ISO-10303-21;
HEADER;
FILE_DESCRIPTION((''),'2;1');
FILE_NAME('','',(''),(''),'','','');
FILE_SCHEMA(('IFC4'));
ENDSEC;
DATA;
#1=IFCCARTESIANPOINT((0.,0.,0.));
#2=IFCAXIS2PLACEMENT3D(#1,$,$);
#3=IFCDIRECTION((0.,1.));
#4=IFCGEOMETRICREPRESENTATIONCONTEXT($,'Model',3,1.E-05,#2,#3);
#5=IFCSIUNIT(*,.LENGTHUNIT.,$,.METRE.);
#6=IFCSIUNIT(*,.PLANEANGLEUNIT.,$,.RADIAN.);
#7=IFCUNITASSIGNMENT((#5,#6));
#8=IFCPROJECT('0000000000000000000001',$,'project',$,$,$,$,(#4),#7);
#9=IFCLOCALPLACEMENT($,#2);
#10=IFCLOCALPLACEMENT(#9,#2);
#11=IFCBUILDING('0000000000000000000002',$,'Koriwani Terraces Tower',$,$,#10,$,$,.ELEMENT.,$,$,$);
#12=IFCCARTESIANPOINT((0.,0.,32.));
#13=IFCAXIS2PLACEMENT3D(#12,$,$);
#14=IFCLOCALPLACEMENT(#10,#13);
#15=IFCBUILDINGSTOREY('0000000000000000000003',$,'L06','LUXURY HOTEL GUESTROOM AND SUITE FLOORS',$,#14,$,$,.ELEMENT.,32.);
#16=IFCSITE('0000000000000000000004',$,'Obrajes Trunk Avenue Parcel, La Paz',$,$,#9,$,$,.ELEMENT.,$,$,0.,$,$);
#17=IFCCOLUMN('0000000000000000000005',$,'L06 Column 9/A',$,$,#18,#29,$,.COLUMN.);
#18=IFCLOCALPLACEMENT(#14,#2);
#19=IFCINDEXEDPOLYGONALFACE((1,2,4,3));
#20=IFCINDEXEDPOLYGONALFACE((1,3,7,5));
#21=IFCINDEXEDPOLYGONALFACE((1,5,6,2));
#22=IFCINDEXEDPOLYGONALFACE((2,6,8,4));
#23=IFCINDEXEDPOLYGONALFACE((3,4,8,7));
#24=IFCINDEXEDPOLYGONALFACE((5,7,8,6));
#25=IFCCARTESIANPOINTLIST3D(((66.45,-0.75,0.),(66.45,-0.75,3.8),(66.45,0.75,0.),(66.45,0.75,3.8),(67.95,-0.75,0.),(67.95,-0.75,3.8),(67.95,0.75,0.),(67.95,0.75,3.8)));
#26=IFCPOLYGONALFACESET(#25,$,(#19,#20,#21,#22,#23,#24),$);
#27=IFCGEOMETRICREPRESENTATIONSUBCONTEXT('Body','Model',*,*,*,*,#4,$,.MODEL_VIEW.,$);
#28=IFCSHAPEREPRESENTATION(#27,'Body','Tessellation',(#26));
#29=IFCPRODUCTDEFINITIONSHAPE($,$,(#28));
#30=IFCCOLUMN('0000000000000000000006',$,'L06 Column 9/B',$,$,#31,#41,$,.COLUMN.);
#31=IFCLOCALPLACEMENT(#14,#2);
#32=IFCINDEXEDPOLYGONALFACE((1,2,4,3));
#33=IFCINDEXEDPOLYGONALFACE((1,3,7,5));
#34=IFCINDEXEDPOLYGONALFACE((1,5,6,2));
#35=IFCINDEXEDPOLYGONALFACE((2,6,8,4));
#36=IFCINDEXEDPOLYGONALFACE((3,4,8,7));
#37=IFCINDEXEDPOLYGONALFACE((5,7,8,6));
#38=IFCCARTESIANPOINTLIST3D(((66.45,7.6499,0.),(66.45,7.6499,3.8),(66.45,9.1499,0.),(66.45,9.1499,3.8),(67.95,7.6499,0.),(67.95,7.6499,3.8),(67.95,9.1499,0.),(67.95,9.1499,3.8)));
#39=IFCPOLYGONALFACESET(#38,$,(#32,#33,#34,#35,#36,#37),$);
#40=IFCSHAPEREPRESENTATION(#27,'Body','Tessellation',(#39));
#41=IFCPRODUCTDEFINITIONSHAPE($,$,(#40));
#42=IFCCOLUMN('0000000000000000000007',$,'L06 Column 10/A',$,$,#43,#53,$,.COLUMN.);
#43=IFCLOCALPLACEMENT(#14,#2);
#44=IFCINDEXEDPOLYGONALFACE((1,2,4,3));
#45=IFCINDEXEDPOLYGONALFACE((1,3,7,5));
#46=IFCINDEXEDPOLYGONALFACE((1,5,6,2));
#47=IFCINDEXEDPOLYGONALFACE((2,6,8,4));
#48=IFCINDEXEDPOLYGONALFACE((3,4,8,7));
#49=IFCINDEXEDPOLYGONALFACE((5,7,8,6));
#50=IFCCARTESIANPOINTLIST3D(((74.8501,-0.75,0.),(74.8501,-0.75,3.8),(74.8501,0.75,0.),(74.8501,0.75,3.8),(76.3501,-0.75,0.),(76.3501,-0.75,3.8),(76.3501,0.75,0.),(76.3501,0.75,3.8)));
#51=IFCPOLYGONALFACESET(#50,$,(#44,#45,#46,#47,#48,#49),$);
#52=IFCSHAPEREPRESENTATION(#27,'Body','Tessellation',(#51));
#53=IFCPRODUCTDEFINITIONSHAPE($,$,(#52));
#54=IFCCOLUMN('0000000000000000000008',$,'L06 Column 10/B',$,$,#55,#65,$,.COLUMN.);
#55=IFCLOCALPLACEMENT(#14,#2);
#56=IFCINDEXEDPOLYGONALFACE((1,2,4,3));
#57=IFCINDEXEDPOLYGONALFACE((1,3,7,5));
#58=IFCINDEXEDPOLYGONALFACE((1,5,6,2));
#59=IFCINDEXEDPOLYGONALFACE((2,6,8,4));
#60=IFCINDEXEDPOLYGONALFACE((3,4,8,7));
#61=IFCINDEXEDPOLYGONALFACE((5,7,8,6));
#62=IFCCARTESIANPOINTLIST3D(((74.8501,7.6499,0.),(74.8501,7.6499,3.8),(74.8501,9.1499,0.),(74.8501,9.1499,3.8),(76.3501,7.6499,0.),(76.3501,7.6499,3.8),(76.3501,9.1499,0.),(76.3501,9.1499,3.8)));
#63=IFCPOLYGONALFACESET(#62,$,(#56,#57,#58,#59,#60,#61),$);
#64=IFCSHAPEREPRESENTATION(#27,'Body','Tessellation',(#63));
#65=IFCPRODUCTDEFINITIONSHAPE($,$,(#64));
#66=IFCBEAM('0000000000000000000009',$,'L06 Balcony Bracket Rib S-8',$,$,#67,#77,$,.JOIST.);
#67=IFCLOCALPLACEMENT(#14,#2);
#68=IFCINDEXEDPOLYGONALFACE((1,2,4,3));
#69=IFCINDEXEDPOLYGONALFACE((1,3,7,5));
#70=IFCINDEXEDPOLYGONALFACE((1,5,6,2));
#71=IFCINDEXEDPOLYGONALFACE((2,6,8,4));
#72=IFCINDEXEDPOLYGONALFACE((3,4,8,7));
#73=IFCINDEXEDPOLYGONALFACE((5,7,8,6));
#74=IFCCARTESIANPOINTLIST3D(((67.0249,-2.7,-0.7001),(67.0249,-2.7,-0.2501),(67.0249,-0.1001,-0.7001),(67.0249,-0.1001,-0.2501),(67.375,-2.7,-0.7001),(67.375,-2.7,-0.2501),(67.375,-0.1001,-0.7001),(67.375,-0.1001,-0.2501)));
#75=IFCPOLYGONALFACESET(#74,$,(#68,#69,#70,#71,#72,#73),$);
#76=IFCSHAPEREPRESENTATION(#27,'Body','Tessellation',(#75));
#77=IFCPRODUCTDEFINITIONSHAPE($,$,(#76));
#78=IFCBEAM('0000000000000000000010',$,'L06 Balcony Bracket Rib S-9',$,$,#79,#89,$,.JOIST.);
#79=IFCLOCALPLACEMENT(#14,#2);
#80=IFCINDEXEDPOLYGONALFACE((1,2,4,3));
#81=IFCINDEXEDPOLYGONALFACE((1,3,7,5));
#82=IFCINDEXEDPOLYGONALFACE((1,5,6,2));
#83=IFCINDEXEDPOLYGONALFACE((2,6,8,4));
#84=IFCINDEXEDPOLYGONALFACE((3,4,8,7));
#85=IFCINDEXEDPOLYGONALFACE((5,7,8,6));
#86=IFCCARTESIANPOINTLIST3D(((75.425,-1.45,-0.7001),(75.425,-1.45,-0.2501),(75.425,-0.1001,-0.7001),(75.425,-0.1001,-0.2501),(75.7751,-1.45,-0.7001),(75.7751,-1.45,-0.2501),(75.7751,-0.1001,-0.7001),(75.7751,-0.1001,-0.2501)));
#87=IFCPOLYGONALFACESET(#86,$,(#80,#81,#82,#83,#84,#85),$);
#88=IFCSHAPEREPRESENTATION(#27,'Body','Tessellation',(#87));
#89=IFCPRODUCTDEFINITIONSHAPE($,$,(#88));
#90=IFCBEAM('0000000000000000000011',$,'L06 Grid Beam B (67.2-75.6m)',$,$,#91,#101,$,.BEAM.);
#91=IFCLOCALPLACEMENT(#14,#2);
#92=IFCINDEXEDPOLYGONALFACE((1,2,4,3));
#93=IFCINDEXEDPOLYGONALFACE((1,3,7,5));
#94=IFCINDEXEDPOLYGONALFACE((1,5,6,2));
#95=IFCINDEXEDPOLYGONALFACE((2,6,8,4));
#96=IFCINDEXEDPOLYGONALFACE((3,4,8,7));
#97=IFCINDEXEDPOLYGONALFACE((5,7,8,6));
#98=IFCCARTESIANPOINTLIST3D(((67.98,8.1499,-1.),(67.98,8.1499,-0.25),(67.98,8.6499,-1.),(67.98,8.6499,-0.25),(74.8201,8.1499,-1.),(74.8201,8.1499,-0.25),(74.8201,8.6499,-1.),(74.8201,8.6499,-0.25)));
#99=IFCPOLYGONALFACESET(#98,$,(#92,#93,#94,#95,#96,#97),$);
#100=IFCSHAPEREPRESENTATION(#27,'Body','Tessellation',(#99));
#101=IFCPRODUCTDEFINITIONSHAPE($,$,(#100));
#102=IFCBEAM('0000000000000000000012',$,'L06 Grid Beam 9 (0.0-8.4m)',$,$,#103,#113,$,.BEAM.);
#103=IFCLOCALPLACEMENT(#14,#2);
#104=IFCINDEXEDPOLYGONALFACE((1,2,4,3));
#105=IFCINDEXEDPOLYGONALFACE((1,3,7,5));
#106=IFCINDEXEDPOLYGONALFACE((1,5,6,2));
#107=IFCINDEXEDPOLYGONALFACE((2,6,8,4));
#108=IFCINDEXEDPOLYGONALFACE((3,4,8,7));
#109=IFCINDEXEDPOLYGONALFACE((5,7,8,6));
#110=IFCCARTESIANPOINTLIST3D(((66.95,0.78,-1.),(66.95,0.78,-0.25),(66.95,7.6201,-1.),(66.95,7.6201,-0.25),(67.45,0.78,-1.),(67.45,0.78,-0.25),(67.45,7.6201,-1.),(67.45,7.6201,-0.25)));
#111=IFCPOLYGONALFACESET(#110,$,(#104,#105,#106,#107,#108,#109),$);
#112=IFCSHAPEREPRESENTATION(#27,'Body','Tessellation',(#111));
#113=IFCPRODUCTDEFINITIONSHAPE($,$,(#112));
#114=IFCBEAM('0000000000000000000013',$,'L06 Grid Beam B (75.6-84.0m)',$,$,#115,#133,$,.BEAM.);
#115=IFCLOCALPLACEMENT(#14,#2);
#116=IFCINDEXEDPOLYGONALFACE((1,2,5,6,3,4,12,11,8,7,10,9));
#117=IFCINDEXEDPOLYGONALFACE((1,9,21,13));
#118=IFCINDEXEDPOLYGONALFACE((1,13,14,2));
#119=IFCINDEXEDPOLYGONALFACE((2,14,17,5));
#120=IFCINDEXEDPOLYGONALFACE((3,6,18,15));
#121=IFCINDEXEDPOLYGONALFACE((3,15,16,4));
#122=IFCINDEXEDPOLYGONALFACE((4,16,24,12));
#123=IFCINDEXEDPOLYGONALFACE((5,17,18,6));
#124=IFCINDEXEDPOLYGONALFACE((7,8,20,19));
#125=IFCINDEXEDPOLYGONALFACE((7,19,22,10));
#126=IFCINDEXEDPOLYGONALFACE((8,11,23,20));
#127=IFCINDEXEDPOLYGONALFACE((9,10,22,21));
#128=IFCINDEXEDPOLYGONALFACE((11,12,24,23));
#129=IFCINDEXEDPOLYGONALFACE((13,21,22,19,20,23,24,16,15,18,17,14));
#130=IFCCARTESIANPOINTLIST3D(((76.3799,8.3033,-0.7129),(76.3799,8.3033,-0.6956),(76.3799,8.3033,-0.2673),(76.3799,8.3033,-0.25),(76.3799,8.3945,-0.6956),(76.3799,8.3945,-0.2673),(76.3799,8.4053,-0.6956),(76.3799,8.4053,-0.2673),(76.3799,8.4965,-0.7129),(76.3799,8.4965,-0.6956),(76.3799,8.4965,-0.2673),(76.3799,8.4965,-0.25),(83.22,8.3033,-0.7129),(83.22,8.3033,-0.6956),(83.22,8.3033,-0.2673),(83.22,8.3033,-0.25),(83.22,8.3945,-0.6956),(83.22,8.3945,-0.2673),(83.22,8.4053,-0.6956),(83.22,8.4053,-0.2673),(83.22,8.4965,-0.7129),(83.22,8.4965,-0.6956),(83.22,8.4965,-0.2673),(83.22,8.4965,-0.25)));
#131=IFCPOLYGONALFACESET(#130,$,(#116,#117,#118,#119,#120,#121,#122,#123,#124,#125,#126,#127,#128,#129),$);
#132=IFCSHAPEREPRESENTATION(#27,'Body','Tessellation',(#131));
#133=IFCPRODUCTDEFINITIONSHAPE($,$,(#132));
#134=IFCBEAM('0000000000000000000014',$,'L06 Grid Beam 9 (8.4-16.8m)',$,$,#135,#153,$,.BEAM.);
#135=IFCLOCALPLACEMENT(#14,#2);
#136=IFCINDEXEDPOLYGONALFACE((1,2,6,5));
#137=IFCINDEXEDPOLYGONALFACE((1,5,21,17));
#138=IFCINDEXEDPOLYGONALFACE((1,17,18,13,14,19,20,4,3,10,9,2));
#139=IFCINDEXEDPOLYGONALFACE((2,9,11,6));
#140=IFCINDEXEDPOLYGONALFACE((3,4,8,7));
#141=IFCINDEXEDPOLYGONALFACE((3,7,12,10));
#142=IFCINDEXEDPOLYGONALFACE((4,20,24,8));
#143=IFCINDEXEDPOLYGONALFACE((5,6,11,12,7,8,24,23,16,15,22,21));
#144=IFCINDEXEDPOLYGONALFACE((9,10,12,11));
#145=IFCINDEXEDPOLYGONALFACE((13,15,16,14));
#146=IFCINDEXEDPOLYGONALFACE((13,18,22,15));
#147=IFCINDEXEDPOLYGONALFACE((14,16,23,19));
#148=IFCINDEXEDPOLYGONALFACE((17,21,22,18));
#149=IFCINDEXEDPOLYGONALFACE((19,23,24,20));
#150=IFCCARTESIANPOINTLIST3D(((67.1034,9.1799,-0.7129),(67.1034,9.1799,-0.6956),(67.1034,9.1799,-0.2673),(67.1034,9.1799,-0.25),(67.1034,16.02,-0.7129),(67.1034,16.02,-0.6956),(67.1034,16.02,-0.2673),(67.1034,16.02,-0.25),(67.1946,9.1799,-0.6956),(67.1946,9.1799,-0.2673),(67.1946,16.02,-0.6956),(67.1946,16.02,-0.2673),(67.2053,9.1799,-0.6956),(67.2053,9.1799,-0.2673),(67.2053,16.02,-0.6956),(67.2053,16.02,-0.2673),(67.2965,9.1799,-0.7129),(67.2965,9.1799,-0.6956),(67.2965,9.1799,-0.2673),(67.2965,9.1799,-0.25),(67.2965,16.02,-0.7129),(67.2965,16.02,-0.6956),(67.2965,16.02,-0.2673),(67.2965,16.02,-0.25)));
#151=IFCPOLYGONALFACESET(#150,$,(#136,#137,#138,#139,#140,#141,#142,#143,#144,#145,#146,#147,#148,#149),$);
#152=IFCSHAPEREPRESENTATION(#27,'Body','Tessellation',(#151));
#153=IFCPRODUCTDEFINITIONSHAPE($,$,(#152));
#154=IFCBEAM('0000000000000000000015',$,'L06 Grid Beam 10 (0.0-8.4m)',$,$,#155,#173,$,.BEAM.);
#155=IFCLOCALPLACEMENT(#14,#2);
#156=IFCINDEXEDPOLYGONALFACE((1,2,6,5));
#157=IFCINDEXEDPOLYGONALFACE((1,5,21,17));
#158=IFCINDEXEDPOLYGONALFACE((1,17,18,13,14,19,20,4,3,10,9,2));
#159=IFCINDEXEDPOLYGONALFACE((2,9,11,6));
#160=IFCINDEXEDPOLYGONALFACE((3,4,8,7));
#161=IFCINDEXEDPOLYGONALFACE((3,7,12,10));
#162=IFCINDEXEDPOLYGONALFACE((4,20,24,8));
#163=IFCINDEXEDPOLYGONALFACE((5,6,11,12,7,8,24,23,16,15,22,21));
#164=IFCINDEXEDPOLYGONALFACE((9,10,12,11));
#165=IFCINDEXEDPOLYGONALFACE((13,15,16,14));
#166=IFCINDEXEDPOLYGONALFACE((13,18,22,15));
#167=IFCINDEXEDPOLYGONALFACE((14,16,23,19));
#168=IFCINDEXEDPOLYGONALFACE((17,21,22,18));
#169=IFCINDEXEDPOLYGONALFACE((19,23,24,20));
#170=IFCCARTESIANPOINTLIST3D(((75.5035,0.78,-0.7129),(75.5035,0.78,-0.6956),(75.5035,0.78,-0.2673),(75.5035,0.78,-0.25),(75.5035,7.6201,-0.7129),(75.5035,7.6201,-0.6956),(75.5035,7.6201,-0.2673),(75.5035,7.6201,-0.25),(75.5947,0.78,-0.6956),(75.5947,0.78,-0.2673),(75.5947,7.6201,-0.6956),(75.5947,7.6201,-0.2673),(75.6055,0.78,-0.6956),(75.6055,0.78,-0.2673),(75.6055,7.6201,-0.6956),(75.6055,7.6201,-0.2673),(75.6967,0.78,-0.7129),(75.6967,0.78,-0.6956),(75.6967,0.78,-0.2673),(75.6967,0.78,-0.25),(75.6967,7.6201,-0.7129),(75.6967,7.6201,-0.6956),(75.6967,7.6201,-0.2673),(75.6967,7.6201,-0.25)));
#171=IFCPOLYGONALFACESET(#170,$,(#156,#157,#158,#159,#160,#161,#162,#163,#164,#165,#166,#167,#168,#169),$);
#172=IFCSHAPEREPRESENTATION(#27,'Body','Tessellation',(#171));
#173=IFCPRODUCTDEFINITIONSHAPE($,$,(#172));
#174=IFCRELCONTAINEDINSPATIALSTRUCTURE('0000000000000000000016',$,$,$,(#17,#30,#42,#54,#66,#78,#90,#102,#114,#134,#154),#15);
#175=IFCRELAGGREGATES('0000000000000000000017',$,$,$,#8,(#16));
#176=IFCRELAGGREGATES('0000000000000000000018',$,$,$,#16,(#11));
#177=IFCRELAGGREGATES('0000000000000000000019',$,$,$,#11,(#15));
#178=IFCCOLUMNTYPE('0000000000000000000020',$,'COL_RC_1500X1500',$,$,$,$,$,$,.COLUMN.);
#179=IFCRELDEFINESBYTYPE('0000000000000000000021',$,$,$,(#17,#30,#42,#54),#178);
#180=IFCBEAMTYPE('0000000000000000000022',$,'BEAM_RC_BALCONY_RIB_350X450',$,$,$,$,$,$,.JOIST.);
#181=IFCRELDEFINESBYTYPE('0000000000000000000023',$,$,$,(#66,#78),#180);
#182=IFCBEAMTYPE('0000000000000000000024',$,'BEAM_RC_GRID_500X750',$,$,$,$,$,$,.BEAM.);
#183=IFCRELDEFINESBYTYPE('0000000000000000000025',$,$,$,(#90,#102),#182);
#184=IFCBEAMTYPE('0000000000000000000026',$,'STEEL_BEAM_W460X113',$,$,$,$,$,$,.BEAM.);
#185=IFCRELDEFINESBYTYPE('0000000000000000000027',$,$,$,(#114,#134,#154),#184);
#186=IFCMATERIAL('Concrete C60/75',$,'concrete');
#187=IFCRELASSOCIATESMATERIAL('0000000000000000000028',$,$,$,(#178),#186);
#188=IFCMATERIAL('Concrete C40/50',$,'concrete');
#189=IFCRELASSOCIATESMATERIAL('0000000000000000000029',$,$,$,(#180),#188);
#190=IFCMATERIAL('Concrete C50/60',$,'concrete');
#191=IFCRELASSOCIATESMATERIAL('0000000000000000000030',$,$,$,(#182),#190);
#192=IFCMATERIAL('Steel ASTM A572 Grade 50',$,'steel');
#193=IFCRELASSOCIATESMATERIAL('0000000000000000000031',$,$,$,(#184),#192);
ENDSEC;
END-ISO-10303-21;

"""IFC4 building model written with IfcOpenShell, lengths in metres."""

from ifc_helpers import new_model, si_unit, direction, frame, origin, origin_2d, place, context, subcontext, project, spatial, rectangle, i_section, extrude, material, material_profile, profile_set, type_object, element, save


model = new_model("IFC4")

# Units and contexts
model_context = context("Model", 3, precision=1e-05, world=origin(), true_north=direction((0.0, 1.0)))
body_context = subcontext(model_context, "Body", "Model", "MODEL_VIEW")
ifc_project = project(units=[si_unit("LENGTHUNIT", "METRE"), si_unit("PLANEANGLEUNIT", "RADIAN")], contexts=[model_context])

# Site, building, storey
site_placement = place(None, origin())
site = spatial("IfcSite", under=ifc_project, at=site_placement, Name="Obrajes Trunk Avenue Parcel, La Paz", CompositionType="ELEMENT", RefElevation=0.0)
building_placement = place(site_placement, origin())
building = spatial("IfcBuilding", under=site, at=building_placement, Name="Koriwani Terraces Tower", CompositionType="ELEMENT")
storey_placement = place(building_placement, frame((0.0, 0.0, 32.0)))
storey = spatial("IfcBuildingStorey", under=building, at=storey_placement, Name="L06", Description="LUXURY HOTEL GUESTROOM AND SUITE FLOORS", CompositionType="ELEMENT", Elevation=32.0)

# Columns
ifc_material_1 = material(Name="Concrete C60/75", Category="concrete")
ifc_material_profile_1 = material_profile(ifc_material_1, rectangle(XDim=1.5, YDim=1.5, at=origin_2d()), Name="Concrete C60/75", Category="LoadBearing")
ifc_profile_set_1 = profile_set([ifc_material_profile_1], Name="Concrete C60/75")
column_type = type_object("IfcColumnType", Name="COL_RC_1500X1500", PredefinedType="COLUMN", material=ifc_profile_set_1)
for number, where, z_axis, x_axis, name in (
    (1, (67.2, 0.0, 0.0), (0.0, 0.0, 1.0), (1.0, 0.0, 0.0), "L06 Column 9/A"),
    (2, (67.2, 8.3999, 0.0), (0.0, 0.0, 1.0), (1.0, 0.0, 0.0), "L06 Column 9/B"),
    (3, (75.6001, 0.0, 0.0), (0.0, 0.0, 1.0), (1.0, 0.0, 0.0), "L06 Column 10/A"),
    (4, (75.6001, 8.3999, 0.0), (0.0, 0.0, 1.0), (1.0, 0.0, 0.0), "L06 Column 10/B"),
):
    element("IfcColumn", number, at=place(storey_placement, frame(where, z_axis=z_axis, x_axis=x_axis)), inside=storey, type_object=column_type, Name=name, PredefinedType="COLUMN", context=body_context, shape_type="SweptSolid", body=[
        extrude(rectangle(XDim=1.5, YDim=1.5, at=origin_2d()), origin(), (0.0, 0.0, 1.0), 3.8),
    ])

# Beams
ifc_material_2 = material(Name="Concrete C40/50", Category="concrete")
ifc_material_profile_2 = material_profile(ifc_material_2, rectangle(XDim=0.3501, YDim=0.45, at=origin_2d()), Name="Concrete C40/50", Category="LoadBearing")
ifc_profile_set_2 = profile_set([ifc_material_profile_2], Name="Concrete C40/50")
beam_type_1 = type_object("IfcBeamType", Name="BEAM_RC_BALCONY_RIB_350X450", PredefinedType="JOIST", material=ifc_profile_set_2)
beam_1_placement = place(storey_placement, frame((67.2, -2.7, -0.4751), z_axis=(0.0, 1.0, 0.0), x_axis=(-1.0, 0.0, 0.0)))
element("IfcBeam", 5, at=beam_1_placement, inside=storey, type_object=beam_type_1, Name="L06 Balcony Bracket Rib S-8", PredefinedType="JOIST", context=body_context, shape_type="SweptSolid", body=[
    extrude(rectangle(XDim=0.3501, YDim=0.45, at=origin_2d()), origin(), (0.0, 0.0, 1.0), 2.5999),
])
beam_2_placement = place(storey_placement, frame((75.6001, -1.45, -0.4751), z_axis=(0.0, 1.0, 0.0), x_axis=(-1.0, 0.0, 0.0)))
element("IfcBeam", 6, at=beam_2_placement, inside=storey, type_object=beam_type_1, Name="L06 Balcony Bracket Rib S-9", PredefinedType="JOIST", context=body_context, shape_type="SweptSolid", body=[
    extrude(rectangle(XDim=0.3501, YDim=0.45, at=origin_2d()), origin(), (0.0, 0.0, 1.0), 1.3499),
])
ifc_material_3 = material(Name="Concrete C50/60", Category="concrete")
ifc_material_profile_3 = material_profile(ifc_material_3, rectangle(XDim=0.5, YDim=0.75, at=origin_2d()), Name="Concrete C50/60", Category="LoadBearing")
ifc_profile_set_3 = profile_set([ifc_material_profile_3], Name="Concrete C50/60")
beam_type_2 = type_object("IfcBeamType", Name="BEAM_RC_GRID_500X750", PredefinedType="BEAM", material=ifc_profile_set_3)
for number, where, z_axis, x_axis, name in (
    (7, (67.98, 8.3999, -0.625), (1.0, 0.0, 0.0), (0.0, 1.0, 0.0), "L06 Grid Beam B (67.2-75.6m)"),
    (8, (67.2, 0.78, -0.625), (0.0, 1.0, 0.0), (-1.0, 0.0, 0.0), "L06 Grid Beam 9 (0.0-8.4m)"),
):
    element("IfcBeam", number, at=place(storey_placement, frame(where, z_axis=z_axis, x_axis=x_axis)), inside=storey, type_object=beam_type_2, Name=name, PredefinedType="BEAM", context=body_context, shape_type="SweptSolid", body=[
        extrude(rectangle(XDim=0.5, YDim=0.75, at=origin_2d()), origin(), (0.0, 0.0, 1.0), 6.8401),
    ])
ifc_material_4 = material(Name="Steel ASTM A572 Grade 50", Category="steel")
ifc_material_profile_4 = material_profile(ifc_material_4, i_section(OverallWidth=0.1931, OverallDepth=0.4629, WebThickness=0.0107, FlangeThickness=0.0173, at=origin_2d()), Name="Steel ASTM A572 Grade 50", Category="LoadBearing")
ifc_profile_set_4 = profile_set([ifc_material_profile_4], Name="Steel ASTM A572 Grade 50")
beam_type_3 = type_object("IfcBeamType", Name="STEEL_BEAM_W460X113", PredefinedType="BEAM", material=ifc_profile_set_4)
for number, where, z_axis, x_axis, name in (
    (9, (76.3799, 8.3999, -0.4814), (1.0, 0.0, 0.0), (0.0, 1.0, 0.0), "L06 Grid Beam B (75.6-84.0m)"),
    (10, (67.2, 9.1799, -0.4814), (0.0, 1.0, 0.0), (-1.0, 0.0, 0.0), "L06 Grid Beam 9 (8.4-16.8m)"),
    (11, (75.6001, 0.78, -0.4814), (0.0, 1.0, 0.0), (-1.0, 0.0, 0.0), "L06 Grid Beam 10 (0.0-8.4m)"),
):
    element("IfcBeam", number, at=place(storey_placement, frame(where, z_axis=z_axis, x_axis=x_axis)), inside=storey, type_object=beam_type_3, Name=name, PredefinedType="BEAM", context=body_context, shape_type="SweptSolid", body=[
        extrude(i_section(OverallWidth=0.1931, OverallDepth=0.4629, WebThickness=0.0107, FlangeThickness=0.0173, at=origin_2d()), origin(), (0.0, 0.0, 1.0), 6.8401),
    ])

save(model, "model.ifc")
